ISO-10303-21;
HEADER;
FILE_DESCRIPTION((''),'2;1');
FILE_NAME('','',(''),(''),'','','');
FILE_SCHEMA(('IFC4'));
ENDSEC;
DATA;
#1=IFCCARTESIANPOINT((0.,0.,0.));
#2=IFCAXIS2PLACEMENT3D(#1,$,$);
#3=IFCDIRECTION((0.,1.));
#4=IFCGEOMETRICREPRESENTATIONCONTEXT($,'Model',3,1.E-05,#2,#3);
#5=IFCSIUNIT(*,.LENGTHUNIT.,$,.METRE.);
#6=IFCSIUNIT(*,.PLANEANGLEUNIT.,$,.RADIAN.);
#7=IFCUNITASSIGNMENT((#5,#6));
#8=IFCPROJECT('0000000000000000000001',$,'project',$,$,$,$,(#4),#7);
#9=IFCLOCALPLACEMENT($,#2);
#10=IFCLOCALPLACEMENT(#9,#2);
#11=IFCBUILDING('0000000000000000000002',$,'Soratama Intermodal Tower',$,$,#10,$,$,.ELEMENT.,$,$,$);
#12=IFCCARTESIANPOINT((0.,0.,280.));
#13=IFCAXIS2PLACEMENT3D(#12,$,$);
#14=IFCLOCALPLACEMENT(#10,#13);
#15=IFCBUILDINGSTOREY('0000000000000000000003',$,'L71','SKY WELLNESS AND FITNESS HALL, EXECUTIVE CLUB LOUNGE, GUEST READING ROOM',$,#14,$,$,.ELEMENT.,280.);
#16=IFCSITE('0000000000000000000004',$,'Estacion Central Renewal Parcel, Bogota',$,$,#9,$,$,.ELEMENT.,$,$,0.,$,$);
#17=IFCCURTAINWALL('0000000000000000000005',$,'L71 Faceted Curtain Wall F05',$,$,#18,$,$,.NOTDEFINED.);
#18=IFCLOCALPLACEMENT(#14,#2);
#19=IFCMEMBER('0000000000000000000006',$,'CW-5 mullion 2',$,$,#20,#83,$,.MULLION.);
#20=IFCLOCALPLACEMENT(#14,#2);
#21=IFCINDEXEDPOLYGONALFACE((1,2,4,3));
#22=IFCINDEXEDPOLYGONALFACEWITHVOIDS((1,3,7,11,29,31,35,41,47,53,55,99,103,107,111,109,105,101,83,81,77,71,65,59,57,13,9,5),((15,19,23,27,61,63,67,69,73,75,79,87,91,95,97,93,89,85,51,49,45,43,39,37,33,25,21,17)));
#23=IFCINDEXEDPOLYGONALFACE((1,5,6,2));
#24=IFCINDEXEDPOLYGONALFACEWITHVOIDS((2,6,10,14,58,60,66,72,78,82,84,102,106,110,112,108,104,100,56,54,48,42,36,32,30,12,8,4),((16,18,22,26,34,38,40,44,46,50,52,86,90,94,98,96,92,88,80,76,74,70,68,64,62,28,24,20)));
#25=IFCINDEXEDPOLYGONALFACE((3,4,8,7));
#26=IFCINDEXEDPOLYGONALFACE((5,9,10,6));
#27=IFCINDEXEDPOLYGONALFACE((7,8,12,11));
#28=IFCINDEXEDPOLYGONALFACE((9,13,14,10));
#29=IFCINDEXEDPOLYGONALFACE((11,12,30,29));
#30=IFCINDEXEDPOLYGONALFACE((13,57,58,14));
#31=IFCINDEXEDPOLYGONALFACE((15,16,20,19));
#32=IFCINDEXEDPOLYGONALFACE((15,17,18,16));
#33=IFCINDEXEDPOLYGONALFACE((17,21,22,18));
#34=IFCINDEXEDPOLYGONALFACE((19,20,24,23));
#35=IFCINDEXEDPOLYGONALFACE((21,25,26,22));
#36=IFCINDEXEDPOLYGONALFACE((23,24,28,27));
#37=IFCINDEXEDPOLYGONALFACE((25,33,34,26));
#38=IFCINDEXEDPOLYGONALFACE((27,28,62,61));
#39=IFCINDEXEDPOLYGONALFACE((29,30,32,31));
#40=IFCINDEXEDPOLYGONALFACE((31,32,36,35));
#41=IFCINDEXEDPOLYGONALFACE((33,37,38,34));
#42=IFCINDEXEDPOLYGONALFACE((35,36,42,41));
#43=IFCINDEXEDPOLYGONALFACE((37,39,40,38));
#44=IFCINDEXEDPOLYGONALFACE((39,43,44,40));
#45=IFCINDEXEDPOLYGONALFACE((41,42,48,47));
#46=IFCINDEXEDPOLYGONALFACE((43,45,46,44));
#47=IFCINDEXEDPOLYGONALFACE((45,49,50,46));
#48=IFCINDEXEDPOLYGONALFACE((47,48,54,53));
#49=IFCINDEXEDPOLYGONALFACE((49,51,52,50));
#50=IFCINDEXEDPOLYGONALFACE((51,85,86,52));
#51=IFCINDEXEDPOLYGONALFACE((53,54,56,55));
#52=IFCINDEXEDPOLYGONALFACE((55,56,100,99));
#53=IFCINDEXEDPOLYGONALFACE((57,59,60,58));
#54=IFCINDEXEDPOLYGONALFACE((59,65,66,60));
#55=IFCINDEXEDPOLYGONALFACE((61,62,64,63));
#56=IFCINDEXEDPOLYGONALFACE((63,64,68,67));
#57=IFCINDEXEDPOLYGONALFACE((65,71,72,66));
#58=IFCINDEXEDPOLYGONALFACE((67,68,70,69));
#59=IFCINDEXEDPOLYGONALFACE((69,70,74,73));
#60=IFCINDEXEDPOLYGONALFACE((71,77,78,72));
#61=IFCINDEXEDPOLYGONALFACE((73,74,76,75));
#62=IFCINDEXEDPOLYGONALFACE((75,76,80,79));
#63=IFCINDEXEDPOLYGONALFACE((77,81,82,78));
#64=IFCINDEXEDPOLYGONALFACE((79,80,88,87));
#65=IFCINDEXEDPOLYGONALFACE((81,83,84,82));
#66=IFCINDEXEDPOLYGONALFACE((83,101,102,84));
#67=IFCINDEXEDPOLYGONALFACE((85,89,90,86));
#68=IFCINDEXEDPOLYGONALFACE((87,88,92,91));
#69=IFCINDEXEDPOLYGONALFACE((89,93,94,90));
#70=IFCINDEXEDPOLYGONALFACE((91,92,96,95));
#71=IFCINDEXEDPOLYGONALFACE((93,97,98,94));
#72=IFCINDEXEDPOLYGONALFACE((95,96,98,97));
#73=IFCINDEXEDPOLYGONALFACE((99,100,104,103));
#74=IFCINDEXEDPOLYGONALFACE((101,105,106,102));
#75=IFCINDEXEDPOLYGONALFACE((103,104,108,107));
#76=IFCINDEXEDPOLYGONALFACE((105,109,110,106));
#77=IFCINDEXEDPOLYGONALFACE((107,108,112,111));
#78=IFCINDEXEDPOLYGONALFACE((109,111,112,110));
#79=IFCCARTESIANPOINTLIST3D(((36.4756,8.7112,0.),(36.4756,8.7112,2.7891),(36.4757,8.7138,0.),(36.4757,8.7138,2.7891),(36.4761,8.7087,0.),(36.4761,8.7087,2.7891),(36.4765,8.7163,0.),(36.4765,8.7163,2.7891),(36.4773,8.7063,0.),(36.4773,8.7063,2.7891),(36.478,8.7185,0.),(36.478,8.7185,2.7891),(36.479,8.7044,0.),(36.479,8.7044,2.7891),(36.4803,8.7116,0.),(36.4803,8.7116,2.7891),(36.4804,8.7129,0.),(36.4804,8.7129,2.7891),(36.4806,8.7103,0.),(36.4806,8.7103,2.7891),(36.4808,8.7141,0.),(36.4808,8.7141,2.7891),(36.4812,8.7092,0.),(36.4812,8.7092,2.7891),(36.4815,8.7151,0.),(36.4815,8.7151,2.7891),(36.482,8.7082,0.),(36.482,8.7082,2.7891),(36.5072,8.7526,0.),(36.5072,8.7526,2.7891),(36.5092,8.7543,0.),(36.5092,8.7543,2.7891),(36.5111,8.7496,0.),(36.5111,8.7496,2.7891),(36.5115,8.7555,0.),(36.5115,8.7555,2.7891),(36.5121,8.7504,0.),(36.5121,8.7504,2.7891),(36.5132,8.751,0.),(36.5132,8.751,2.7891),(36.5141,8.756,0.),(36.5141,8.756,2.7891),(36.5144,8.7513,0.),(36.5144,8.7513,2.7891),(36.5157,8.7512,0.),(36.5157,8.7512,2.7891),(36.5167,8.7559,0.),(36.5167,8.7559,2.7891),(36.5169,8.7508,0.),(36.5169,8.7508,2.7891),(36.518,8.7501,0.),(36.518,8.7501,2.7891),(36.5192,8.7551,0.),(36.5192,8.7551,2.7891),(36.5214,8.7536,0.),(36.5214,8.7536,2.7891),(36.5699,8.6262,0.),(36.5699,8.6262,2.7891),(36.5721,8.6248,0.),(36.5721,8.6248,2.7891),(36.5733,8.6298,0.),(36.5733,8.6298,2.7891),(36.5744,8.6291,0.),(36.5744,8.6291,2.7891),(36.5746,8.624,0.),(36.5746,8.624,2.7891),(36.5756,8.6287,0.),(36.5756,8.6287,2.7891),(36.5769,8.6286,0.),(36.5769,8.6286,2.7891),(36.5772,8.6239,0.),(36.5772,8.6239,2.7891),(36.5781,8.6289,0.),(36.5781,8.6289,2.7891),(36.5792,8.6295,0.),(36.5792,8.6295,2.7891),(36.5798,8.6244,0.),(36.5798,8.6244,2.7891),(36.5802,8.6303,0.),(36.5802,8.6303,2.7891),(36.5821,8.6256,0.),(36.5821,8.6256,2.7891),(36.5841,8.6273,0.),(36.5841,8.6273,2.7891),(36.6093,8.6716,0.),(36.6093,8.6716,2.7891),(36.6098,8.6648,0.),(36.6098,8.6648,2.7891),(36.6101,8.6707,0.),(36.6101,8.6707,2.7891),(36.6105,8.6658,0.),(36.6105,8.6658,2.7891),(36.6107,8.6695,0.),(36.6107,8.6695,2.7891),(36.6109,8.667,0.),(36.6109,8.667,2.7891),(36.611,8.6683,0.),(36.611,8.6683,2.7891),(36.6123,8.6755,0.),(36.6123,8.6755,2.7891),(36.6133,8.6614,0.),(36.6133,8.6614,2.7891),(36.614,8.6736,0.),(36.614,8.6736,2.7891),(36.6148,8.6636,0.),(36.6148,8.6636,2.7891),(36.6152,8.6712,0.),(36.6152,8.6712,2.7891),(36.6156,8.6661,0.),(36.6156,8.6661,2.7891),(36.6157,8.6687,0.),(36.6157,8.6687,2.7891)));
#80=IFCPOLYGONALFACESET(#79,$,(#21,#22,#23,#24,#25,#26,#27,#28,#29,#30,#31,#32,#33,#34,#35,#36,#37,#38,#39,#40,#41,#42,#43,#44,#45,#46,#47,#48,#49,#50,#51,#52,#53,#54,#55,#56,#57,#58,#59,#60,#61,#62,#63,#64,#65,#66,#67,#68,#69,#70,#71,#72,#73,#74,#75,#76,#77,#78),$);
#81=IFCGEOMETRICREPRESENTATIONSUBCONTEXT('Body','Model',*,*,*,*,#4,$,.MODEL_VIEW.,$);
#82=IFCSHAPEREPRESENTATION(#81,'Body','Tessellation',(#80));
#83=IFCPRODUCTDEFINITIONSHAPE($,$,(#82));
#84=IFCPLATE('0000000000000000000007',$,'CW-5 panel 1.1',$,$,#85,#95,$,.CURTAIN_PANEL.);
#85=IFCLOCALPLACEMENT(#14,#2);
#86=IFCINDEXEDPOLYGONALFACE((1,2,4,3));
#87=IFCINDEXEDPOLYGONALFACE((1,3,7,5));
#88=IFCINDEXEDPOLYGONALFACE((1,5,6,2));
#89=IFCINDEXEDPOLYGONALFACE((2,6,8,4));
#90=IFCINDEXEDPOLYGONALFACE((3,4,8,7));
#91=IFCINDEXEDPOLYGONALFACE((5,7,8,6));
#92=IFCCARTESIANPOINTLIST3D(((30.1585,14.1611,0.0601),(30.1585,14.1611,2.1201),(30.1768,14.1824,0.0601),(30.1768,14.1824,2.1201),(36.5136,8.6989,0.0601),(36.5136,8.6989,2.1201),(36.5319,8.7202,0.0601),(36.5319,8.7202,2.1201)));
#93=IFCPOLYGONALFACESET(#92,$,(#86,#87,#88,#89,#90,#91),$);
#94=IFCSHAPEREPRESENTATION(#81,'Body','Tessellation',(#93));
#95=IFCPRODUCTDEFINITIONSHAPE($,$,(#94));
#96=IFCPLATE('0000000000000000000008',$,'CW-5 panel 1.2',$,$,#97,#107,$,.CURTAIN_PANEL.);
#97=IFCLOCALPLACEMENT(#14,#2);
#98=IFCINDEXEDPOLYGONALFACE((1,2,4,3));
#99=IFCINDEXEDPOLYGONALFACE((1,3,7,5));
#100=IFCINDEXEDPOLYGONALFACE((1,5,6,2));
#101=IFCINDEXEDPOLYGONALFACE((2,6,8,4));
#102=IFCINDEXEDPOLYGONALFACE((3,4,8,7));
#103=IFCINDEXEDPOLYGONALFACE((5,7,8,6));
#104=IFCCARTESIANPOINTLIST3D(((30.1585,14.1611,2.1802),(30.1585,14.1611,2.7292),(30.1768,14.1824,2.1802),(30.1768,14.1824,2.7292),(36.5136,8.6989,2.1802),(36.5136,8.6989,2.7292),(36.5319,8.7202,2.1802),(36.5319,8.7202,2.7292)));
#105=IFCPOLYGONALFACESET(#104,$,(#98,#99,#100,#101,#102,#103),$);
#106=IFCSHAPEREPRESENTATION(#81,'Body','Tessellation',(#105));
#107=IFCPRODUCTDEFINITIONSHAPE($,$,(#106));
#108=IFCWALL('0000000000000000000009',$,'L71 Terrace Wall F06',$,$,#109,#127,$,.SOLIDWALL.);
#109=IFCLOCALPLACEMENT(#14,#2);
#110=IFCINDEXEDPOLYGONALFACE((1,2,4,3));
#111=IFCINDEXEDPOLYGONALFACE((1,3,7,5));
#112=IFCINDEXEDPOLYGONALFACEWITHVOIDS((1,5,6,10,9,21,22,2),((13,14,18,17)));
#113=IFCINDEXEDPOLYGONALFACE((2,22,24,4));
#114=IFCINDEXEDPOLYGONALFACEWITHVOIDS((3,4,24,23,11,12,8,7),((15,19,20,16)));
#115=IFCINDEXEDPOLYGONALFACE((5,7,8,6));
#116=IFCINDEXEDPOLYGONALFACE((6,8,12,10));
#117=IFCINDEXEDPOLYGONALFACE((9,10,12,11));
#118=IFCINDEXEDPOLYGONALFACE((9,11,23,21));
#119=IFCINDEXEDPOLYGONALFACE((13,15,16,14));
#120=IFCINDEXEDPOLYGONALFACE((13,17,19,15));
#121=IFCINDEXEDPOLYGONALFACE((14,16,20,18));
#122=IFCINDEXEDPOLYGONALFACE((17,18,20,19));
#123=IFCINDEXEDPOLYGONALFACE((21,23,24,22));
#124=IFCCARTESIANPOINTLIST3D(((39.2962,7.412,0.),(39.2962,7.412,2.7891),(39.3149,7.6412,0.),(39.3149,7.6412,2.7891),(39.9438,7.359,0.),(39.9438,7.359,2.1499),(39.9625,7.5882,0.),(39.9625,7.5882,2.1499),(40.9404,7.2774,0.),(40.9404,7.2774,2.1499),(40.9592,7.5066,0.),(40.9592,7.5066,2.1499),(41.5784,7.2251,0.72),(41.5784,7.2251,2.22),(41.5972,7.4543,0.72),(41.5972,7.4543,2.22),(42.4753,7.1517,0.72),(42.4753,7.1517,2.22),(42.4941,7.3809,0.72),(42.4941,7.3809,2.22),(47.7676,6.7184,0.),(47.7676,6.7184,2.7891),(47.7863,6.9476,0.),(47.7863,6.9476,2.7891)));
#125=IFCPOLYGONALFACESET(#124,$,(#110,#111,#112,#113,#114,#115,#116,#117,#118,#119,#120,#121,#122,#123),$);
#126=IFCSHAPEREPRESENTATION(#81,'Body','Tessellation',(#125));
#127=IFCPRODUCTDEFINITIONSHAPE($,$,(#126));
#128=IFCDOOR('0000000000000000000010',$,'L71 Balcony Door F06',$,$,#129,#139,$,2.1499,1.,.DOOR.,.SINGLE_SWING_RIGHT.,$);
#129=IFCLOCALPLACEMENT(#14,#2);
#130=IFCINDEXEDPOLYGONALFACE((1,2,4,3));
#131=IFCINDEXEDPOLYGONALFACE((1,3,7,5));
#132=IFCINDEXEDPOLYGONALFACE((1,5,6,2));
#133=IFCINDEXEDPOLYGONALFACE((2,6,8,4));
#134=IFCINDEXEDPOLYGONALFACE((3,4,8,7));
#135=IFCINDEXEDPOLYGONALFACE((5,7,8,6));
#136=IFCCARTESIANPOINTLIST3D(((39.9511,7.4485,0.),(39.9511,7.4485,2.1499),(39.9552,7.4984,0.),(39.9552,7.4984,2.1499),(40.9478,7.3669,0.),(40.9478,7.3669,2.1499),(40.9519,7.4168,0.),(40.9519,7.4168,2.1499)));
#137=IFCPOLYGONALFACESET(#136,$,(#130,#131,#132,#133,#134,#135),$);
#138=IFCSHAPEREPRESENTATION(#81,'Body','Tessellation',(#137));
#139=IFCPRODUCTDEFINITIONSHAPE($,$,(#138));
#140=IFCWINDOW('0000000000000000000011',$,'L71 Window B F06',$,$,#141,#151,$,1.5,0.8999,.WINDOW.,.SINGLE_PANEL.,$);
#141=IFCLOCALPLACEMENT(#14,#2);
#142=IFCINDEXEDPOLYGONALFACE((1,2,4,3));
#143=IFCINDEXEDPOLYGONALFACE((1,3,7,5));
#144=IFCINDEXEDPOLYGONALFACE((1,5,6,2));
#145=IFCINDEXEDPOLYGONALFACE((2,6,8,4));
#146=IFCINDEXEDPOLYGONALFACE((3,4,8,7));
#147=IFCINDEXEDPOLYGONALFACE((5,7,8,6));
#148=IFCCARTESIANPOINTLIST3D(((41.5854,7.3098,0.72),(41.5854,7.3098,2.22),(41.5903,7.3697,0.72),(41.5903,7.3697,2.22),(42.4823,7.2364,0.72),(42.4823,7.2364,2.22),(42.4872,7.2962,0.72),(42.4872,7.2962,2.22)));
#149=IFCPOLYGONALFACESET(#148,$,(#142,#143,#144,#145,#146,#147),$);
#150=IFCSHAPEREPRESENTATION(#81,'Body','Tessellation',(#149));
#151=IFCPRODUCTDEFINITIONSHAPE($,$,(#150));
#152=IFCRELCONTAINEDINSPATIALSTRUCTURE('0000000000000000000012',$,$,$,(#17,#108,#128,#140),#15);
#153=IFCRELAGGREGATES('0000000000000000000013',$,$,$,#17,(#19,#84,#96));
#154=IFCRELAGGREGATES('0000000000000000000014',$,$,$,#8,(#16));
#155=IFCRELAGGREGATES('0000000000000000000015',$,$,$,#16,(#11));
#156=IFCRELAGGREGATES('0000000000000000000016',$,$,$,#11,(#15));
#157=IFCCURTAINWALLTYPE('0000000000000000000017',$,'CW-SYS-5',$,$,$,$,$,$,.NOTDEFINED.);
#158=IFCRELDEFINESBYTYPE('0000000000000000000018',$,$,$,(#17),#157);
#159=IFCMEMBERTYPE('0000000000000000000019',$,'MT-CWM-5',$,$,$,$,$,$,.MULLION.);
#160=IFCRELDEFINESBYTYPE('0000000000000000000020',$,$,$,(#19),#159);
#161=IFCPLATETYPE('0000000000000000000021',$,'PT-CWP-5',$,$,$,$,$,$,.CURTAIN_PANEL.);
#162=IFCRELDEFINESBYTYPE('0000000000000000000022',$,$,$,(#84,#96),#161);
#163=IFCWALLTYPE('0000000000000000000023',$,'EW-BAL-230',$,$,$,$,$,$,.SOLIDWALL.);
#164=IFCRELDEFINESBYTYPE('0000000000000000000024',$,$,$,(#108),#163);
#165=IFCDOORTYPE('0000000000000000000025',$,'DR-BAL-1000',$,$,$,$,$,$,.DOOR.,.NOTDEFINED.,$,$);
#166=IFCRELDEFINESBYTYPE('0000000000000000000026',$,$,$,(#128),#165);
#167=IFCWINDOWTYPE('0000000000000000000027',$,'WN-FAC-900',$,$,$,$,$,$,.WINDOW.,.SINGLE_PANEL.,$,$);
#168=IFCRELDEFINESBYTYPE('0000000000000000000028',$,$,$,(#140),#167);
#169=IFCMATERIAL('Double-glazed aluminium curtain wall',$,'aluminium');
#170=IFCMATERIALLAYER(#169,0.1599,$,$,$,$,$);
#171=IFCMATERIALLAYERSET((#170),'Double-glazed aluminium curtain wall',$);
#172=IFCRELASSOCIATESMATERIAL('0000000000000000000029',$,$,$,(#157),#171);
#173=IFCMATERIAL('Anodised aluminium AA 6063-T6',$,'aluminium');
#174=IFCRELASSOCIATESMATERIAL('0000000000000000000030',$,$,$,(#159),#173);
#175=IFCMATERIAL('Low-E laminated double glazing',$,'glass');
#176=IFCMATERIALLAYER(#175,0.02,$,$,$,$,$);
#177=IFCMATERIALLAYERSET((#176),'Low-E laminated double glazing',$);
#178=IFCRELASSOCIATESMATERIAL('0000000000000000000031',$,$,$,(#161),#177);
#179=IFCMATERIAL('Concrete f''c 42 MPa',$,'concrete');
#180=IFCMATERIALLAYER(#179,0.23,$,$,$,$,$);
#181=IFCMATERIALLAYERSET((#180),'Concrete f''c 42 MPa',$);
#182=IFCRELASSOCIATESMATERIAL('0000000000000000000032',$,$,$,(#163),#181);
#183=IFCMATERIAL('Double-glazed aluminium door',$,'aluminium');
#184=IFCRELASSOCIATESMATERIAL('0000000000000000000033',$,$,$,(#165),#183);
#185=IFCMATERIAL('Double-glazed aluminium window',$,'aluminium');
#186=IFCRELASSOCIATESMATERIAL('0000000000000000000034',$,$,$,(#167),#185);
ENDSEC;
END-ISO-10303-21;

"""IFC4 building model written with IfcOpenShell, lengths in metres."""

from ifc_helpers import new_model, si_unit, direction, frame, frame_2d, origin, origin_2d, place, context, subcontext, project, spatial, rectangle, hollow_rectangle, extrude, material, layer, layer_set, material_profile, profile_set, type_object, element, fill, aggregate, save


model = new_model("IFC4")

# Units and contexts
model_context = context("Model", 3, precision=1e-05, world=origin(), true_north=direction((0.0, 1.0)))
body_context = subcontext(model_context, "Body", "Model", "MODEL_VIEW")
ifc_project = project(units=[si_unit("LENGTHUNIT", "METRE"), si_unit("PLANEANGLEUNIT", "RADIAN")], contexts=[model_context])

# Site, building, storey
site_placement = place(None, origin())
site = spatial("IfcSite", under=ifc_project, at=site_placement, Name="Estacion Central Renewal Parcel, Bogota", CompositionType="ELEMENT", RefElevation=0.0)
building_placement = place(site_placement, origin())
building = spatial("IfcBuilding", under=site, at=building_placement, Name="Soratama Intermodal Tower", CompositionType="ELEMENT")
storey_placement = place(building_placement, frame((0.0, 0.0, 280.0)))
storey = spatial("IfcBuildingStorey", under=building, at=storey_placement, Name="L71", Description="SKY WELLNESS AND FITNESS HALL, EXECUTIVE CLUB LOUNGE, GUEST READING ROOM", CompositionType="ELEMENT", Elevation=280.0)

# Curtain wall, member, plates
ifc_material_1 = material(Name="Double-glazed aluminium curtain wall", Category="aluminium")
ifc_layer_1 = layer(ifc_material_1, 0.1599)
ifc_layer_set_1 = layer_set([ifc_layer_1], Name="Double-glazed aluminium curtain wall")
curtain_wall_type = type_object("IfcCurtainWallType", Name="CW-SYS-5", PredefinedType="NOTDEFINED", material=ifc_layer_set_1)
curtain_wall_placement = place(storey_placement, origin())
curtain_wall = element("IfcCurtainWall", 1, at=curtain_wall_placement, inside=storey, type_object=curtain_wall_type, Name="L71 Faceted Curtain Wall F05", PredefinedType="NOTDEFINED")
ifc_material_2 = material(Name="Anodised aluminium AA 6063-T6", Category="aluminium")
ifc_material_profile_1 = material_profile(ifc_material_2, hollow_rectangle(XDim=0.0649, YDim=0.1399, WallThickness=0.0049, InnerFilletRadius=0.0049, OuterFilletRadius=0.01, at=origin_2d()), Name="CWM140X65X5")
ifc_profile_set_1 = profile_set([ifc_material_profile_1], Name="Anodised aluminium AA 6063-T6")
member_type = type_object("IfcMemberType", Name="MT-CWM-5", PredefinedType="MULLION", material=ifc_profile_set_1)
member_placement = place(storey_placement, frame((36.5457, 8.6899, 0.0), z_axis=(0.0, 0.0, 1.0), x_axis=(0.651826, 0.758369, 0.0)))
member = element("IfcMember", 2, at=member_placement, type_object=member_type, Name="CW-5 mullion 2", PredefinedType="MULLION", context=body_context, shape_type="SweptSolid", body=[
    extrude(hollow_rectangle(XDim=0.0649, YDim=0.1399, WallThickness=0.0049, InnerFilletRadius=0.0049, OuterFilletRadius=0.01, at=origin_2d()), origin(), (0.0, 0.0, 1.0), 2.7891),
])
ifc_material_3 = material(Name="Low-E laminated double glazing", Category="glass")
ifc_layer_2 = layer(ifc_material_3, 0.02)
ifc_layer_set_2 = layer_set([ifc_layer_2], Name="Low-E laminated double glazing")
plate_type = type_object("IfcPlateType", Name="PT-CWP-5", PredefinedType="CURTAIN_PANEL", material=ifc_layer_set_2)
plate_1_placement = place(storey_placement, frame((33.3452, 11.4407, 0.0601), z_axis=(0.0, 0.0, 1.0), x_axis=(0.758369, -0.651826, 0.0)))
plate_1 = element("IfcPlate", 3, at=plate_1_placement, type_object=plate_type, Name="CW-5 panel 1.1", PredefinedType="CURTAIN_PANEL", context=body_context, shape_type="SweptSolid", body=[
    extrude(rectangle(XDim=8.3799, YDim=0.0281, at=origin_2d()), origin(), (0.0, 0.0, 1.0), 2.0601),
])
plate_2_placement = place(storey_placement, frame((33.3452, 11.4407, 2.1802), z_axis=(0.0, 0.0, 1.0), x_axis=(0.758369, -0.651826, 0.0)))
plate_2 = element("IfcPlate", 4, at=plate_2_placement, type_object=plate_type, Name="CW-5 panel 1.2", PredefinedType="CURTAIN_PANEL", context=body_context, shape_type="SweptSolid", body=[
    extrude(rectangle(XDim=8.3799, YDim=0.0281, at=origin_2d()), origin(), (0.0, 0.0, 1.0), 0.5491),
])
aggregate(curtain_wall, [member, plate_1, plate_2])

# Wall, openings, door, window
ifc_material_4 = material(Name="Concrete f'c 42 MPa", Category="concrete")
ifc_layer_3 = layer(ifc_material_4, 0.23)
ifc_layer_set_3 = layer_set([ifc_layer_3], Name="Concrete f'c 42 MPa")
wall_type_1 = type_object("IfcWallType", Name="EW-BAL-230", PredefinedType="SOLIDWALL", material=ifc_layer_set_3)
wall_1_placement = place(storey_placement, frame((39.3054, 7.5266, 0.0), z_axis=(0.0, 0.0, 1.0), x_axis=(0.996665, -0.081602, 0.0)))
wall_1 = element("IfcWall", 5, at=wall_1_placement, inside=storey, type_object=wall_type_1, Name="L71 Terrace Wall F06", PredefinedType="SOLIDWALL", context=body_context, shape_type="SweptSolid", body=[
    extrude(rectangle(XDim=8.4998, YDim=0.23, at=frame_2d((4.25, 0.0))), origin(), (0.0, 0.0, 1.0), 2.7891),
])
opening_1_placement = place(wall_1_placement, frame((0.6499, 0.0, 0.0)))
opening_1 = element("IfcOpeningElement", 6, at=opening_1_placement, cuts=wall_1, PredefinedType="OPENING", context=body_context, shape_type="SweptSolid", body=[
    extrude(rectangle(XDim=1.0, YDim=2.1499, at=frame_2d((0.5, 1.075))), frame((0.0, 0.125, 0.0), z_axis=(0.0, -1.0, 0.0), x_axis=(1.0, 0.0, 0.0)), (0.0, 0.0, 1.0), 0.25),
])
opening_2_placement = place(wall_1_placement, frame((2.29, 0.0, 0.72)))
opening_2 = element("IfcOpeningElement", 7, at=opening_2_placement, cuts=wall_1, PredefinedType="OPENING", context=body_context, shape_type="SweptSolid", body=[
    extrude(rectangle(XDim=0.8999, YDim=1.5, at=frame_2d((0.45, 0.75))), frame((0.0, 0.125, 0.0), z_axis=(0.0, -1.0, 0.0), x_axis=(1.0, 0.0, 0.0)), (0.0, 0.0, 1.0), 0.25),
])
ifc_material_5 = material(Name="Double-glazed aluminium door", Category="aluminium")
door_type = type_object("IfcDoorType", Name="DR-BAL-1000", OperationType="NOTDEFINED", PredefinedType="DOOR", material=ifc_material_5)
door_placement = place(opening_1_placement, origin())
door = element("IfcDoor", 8, at=door_placement, inside=storey, type_object=door_type, Name="L71 Balcony Door F06", OperationType="SINGLE_SWING_RIGHT", OverallHeight=2.1499, OverallWidth=1.0, PredefinedType="DOOR", context=body_context, shape_type="SweptSolid", body=[
    extrude(rectangle(XDim=1.0, YDim=2.1499, at=frame_2d((0.5, 1.075))), frame((0.0, 0.0249, 0.0), z_axis=(0.0, -1.0, 0.0), x_axis=(1.0, 0.0, 0.0)), (0.0, 0.0, 1.0), 0.05),
])
fill(opening_1, door)
ifc_material_6 = material(Name="Double-glazed aluminium window", Category="aluminium")
window_type = type_object("IfcWindowType", Name="WN-FAC-900", PartitioningType="SINGLE_PANEL", PredefinedType="WINDOW", material=ifc_material_6)
window_1_placement = place(opening_2_placement, origin())
window_1 = element("IfcWindow", 9, at=window_1_placement, inside=storey, type_object=window_type, Name="L71 Window B F06", OverallHeight=1.5, OverallWidth=0.8999, PartitioningType="SINGLE_PANEL", PredefinedType="WINDOW", context=body_context, shape_type="SweptSolid", body=[
    extrude(rectangle(XDim=0.8999, YDim=1.5, at=frame_2d((0.45, 0.75))), frame((0.0, 0.03, 0.0), z_axis=(0.0, -1.0, 0.0), x_axis=(1.0, 0.0, 0.0)), (0.0, 0.0, 1.0), 0.0601),
])
fill(opening_2, window_1)

save(model, "model.ifc")
